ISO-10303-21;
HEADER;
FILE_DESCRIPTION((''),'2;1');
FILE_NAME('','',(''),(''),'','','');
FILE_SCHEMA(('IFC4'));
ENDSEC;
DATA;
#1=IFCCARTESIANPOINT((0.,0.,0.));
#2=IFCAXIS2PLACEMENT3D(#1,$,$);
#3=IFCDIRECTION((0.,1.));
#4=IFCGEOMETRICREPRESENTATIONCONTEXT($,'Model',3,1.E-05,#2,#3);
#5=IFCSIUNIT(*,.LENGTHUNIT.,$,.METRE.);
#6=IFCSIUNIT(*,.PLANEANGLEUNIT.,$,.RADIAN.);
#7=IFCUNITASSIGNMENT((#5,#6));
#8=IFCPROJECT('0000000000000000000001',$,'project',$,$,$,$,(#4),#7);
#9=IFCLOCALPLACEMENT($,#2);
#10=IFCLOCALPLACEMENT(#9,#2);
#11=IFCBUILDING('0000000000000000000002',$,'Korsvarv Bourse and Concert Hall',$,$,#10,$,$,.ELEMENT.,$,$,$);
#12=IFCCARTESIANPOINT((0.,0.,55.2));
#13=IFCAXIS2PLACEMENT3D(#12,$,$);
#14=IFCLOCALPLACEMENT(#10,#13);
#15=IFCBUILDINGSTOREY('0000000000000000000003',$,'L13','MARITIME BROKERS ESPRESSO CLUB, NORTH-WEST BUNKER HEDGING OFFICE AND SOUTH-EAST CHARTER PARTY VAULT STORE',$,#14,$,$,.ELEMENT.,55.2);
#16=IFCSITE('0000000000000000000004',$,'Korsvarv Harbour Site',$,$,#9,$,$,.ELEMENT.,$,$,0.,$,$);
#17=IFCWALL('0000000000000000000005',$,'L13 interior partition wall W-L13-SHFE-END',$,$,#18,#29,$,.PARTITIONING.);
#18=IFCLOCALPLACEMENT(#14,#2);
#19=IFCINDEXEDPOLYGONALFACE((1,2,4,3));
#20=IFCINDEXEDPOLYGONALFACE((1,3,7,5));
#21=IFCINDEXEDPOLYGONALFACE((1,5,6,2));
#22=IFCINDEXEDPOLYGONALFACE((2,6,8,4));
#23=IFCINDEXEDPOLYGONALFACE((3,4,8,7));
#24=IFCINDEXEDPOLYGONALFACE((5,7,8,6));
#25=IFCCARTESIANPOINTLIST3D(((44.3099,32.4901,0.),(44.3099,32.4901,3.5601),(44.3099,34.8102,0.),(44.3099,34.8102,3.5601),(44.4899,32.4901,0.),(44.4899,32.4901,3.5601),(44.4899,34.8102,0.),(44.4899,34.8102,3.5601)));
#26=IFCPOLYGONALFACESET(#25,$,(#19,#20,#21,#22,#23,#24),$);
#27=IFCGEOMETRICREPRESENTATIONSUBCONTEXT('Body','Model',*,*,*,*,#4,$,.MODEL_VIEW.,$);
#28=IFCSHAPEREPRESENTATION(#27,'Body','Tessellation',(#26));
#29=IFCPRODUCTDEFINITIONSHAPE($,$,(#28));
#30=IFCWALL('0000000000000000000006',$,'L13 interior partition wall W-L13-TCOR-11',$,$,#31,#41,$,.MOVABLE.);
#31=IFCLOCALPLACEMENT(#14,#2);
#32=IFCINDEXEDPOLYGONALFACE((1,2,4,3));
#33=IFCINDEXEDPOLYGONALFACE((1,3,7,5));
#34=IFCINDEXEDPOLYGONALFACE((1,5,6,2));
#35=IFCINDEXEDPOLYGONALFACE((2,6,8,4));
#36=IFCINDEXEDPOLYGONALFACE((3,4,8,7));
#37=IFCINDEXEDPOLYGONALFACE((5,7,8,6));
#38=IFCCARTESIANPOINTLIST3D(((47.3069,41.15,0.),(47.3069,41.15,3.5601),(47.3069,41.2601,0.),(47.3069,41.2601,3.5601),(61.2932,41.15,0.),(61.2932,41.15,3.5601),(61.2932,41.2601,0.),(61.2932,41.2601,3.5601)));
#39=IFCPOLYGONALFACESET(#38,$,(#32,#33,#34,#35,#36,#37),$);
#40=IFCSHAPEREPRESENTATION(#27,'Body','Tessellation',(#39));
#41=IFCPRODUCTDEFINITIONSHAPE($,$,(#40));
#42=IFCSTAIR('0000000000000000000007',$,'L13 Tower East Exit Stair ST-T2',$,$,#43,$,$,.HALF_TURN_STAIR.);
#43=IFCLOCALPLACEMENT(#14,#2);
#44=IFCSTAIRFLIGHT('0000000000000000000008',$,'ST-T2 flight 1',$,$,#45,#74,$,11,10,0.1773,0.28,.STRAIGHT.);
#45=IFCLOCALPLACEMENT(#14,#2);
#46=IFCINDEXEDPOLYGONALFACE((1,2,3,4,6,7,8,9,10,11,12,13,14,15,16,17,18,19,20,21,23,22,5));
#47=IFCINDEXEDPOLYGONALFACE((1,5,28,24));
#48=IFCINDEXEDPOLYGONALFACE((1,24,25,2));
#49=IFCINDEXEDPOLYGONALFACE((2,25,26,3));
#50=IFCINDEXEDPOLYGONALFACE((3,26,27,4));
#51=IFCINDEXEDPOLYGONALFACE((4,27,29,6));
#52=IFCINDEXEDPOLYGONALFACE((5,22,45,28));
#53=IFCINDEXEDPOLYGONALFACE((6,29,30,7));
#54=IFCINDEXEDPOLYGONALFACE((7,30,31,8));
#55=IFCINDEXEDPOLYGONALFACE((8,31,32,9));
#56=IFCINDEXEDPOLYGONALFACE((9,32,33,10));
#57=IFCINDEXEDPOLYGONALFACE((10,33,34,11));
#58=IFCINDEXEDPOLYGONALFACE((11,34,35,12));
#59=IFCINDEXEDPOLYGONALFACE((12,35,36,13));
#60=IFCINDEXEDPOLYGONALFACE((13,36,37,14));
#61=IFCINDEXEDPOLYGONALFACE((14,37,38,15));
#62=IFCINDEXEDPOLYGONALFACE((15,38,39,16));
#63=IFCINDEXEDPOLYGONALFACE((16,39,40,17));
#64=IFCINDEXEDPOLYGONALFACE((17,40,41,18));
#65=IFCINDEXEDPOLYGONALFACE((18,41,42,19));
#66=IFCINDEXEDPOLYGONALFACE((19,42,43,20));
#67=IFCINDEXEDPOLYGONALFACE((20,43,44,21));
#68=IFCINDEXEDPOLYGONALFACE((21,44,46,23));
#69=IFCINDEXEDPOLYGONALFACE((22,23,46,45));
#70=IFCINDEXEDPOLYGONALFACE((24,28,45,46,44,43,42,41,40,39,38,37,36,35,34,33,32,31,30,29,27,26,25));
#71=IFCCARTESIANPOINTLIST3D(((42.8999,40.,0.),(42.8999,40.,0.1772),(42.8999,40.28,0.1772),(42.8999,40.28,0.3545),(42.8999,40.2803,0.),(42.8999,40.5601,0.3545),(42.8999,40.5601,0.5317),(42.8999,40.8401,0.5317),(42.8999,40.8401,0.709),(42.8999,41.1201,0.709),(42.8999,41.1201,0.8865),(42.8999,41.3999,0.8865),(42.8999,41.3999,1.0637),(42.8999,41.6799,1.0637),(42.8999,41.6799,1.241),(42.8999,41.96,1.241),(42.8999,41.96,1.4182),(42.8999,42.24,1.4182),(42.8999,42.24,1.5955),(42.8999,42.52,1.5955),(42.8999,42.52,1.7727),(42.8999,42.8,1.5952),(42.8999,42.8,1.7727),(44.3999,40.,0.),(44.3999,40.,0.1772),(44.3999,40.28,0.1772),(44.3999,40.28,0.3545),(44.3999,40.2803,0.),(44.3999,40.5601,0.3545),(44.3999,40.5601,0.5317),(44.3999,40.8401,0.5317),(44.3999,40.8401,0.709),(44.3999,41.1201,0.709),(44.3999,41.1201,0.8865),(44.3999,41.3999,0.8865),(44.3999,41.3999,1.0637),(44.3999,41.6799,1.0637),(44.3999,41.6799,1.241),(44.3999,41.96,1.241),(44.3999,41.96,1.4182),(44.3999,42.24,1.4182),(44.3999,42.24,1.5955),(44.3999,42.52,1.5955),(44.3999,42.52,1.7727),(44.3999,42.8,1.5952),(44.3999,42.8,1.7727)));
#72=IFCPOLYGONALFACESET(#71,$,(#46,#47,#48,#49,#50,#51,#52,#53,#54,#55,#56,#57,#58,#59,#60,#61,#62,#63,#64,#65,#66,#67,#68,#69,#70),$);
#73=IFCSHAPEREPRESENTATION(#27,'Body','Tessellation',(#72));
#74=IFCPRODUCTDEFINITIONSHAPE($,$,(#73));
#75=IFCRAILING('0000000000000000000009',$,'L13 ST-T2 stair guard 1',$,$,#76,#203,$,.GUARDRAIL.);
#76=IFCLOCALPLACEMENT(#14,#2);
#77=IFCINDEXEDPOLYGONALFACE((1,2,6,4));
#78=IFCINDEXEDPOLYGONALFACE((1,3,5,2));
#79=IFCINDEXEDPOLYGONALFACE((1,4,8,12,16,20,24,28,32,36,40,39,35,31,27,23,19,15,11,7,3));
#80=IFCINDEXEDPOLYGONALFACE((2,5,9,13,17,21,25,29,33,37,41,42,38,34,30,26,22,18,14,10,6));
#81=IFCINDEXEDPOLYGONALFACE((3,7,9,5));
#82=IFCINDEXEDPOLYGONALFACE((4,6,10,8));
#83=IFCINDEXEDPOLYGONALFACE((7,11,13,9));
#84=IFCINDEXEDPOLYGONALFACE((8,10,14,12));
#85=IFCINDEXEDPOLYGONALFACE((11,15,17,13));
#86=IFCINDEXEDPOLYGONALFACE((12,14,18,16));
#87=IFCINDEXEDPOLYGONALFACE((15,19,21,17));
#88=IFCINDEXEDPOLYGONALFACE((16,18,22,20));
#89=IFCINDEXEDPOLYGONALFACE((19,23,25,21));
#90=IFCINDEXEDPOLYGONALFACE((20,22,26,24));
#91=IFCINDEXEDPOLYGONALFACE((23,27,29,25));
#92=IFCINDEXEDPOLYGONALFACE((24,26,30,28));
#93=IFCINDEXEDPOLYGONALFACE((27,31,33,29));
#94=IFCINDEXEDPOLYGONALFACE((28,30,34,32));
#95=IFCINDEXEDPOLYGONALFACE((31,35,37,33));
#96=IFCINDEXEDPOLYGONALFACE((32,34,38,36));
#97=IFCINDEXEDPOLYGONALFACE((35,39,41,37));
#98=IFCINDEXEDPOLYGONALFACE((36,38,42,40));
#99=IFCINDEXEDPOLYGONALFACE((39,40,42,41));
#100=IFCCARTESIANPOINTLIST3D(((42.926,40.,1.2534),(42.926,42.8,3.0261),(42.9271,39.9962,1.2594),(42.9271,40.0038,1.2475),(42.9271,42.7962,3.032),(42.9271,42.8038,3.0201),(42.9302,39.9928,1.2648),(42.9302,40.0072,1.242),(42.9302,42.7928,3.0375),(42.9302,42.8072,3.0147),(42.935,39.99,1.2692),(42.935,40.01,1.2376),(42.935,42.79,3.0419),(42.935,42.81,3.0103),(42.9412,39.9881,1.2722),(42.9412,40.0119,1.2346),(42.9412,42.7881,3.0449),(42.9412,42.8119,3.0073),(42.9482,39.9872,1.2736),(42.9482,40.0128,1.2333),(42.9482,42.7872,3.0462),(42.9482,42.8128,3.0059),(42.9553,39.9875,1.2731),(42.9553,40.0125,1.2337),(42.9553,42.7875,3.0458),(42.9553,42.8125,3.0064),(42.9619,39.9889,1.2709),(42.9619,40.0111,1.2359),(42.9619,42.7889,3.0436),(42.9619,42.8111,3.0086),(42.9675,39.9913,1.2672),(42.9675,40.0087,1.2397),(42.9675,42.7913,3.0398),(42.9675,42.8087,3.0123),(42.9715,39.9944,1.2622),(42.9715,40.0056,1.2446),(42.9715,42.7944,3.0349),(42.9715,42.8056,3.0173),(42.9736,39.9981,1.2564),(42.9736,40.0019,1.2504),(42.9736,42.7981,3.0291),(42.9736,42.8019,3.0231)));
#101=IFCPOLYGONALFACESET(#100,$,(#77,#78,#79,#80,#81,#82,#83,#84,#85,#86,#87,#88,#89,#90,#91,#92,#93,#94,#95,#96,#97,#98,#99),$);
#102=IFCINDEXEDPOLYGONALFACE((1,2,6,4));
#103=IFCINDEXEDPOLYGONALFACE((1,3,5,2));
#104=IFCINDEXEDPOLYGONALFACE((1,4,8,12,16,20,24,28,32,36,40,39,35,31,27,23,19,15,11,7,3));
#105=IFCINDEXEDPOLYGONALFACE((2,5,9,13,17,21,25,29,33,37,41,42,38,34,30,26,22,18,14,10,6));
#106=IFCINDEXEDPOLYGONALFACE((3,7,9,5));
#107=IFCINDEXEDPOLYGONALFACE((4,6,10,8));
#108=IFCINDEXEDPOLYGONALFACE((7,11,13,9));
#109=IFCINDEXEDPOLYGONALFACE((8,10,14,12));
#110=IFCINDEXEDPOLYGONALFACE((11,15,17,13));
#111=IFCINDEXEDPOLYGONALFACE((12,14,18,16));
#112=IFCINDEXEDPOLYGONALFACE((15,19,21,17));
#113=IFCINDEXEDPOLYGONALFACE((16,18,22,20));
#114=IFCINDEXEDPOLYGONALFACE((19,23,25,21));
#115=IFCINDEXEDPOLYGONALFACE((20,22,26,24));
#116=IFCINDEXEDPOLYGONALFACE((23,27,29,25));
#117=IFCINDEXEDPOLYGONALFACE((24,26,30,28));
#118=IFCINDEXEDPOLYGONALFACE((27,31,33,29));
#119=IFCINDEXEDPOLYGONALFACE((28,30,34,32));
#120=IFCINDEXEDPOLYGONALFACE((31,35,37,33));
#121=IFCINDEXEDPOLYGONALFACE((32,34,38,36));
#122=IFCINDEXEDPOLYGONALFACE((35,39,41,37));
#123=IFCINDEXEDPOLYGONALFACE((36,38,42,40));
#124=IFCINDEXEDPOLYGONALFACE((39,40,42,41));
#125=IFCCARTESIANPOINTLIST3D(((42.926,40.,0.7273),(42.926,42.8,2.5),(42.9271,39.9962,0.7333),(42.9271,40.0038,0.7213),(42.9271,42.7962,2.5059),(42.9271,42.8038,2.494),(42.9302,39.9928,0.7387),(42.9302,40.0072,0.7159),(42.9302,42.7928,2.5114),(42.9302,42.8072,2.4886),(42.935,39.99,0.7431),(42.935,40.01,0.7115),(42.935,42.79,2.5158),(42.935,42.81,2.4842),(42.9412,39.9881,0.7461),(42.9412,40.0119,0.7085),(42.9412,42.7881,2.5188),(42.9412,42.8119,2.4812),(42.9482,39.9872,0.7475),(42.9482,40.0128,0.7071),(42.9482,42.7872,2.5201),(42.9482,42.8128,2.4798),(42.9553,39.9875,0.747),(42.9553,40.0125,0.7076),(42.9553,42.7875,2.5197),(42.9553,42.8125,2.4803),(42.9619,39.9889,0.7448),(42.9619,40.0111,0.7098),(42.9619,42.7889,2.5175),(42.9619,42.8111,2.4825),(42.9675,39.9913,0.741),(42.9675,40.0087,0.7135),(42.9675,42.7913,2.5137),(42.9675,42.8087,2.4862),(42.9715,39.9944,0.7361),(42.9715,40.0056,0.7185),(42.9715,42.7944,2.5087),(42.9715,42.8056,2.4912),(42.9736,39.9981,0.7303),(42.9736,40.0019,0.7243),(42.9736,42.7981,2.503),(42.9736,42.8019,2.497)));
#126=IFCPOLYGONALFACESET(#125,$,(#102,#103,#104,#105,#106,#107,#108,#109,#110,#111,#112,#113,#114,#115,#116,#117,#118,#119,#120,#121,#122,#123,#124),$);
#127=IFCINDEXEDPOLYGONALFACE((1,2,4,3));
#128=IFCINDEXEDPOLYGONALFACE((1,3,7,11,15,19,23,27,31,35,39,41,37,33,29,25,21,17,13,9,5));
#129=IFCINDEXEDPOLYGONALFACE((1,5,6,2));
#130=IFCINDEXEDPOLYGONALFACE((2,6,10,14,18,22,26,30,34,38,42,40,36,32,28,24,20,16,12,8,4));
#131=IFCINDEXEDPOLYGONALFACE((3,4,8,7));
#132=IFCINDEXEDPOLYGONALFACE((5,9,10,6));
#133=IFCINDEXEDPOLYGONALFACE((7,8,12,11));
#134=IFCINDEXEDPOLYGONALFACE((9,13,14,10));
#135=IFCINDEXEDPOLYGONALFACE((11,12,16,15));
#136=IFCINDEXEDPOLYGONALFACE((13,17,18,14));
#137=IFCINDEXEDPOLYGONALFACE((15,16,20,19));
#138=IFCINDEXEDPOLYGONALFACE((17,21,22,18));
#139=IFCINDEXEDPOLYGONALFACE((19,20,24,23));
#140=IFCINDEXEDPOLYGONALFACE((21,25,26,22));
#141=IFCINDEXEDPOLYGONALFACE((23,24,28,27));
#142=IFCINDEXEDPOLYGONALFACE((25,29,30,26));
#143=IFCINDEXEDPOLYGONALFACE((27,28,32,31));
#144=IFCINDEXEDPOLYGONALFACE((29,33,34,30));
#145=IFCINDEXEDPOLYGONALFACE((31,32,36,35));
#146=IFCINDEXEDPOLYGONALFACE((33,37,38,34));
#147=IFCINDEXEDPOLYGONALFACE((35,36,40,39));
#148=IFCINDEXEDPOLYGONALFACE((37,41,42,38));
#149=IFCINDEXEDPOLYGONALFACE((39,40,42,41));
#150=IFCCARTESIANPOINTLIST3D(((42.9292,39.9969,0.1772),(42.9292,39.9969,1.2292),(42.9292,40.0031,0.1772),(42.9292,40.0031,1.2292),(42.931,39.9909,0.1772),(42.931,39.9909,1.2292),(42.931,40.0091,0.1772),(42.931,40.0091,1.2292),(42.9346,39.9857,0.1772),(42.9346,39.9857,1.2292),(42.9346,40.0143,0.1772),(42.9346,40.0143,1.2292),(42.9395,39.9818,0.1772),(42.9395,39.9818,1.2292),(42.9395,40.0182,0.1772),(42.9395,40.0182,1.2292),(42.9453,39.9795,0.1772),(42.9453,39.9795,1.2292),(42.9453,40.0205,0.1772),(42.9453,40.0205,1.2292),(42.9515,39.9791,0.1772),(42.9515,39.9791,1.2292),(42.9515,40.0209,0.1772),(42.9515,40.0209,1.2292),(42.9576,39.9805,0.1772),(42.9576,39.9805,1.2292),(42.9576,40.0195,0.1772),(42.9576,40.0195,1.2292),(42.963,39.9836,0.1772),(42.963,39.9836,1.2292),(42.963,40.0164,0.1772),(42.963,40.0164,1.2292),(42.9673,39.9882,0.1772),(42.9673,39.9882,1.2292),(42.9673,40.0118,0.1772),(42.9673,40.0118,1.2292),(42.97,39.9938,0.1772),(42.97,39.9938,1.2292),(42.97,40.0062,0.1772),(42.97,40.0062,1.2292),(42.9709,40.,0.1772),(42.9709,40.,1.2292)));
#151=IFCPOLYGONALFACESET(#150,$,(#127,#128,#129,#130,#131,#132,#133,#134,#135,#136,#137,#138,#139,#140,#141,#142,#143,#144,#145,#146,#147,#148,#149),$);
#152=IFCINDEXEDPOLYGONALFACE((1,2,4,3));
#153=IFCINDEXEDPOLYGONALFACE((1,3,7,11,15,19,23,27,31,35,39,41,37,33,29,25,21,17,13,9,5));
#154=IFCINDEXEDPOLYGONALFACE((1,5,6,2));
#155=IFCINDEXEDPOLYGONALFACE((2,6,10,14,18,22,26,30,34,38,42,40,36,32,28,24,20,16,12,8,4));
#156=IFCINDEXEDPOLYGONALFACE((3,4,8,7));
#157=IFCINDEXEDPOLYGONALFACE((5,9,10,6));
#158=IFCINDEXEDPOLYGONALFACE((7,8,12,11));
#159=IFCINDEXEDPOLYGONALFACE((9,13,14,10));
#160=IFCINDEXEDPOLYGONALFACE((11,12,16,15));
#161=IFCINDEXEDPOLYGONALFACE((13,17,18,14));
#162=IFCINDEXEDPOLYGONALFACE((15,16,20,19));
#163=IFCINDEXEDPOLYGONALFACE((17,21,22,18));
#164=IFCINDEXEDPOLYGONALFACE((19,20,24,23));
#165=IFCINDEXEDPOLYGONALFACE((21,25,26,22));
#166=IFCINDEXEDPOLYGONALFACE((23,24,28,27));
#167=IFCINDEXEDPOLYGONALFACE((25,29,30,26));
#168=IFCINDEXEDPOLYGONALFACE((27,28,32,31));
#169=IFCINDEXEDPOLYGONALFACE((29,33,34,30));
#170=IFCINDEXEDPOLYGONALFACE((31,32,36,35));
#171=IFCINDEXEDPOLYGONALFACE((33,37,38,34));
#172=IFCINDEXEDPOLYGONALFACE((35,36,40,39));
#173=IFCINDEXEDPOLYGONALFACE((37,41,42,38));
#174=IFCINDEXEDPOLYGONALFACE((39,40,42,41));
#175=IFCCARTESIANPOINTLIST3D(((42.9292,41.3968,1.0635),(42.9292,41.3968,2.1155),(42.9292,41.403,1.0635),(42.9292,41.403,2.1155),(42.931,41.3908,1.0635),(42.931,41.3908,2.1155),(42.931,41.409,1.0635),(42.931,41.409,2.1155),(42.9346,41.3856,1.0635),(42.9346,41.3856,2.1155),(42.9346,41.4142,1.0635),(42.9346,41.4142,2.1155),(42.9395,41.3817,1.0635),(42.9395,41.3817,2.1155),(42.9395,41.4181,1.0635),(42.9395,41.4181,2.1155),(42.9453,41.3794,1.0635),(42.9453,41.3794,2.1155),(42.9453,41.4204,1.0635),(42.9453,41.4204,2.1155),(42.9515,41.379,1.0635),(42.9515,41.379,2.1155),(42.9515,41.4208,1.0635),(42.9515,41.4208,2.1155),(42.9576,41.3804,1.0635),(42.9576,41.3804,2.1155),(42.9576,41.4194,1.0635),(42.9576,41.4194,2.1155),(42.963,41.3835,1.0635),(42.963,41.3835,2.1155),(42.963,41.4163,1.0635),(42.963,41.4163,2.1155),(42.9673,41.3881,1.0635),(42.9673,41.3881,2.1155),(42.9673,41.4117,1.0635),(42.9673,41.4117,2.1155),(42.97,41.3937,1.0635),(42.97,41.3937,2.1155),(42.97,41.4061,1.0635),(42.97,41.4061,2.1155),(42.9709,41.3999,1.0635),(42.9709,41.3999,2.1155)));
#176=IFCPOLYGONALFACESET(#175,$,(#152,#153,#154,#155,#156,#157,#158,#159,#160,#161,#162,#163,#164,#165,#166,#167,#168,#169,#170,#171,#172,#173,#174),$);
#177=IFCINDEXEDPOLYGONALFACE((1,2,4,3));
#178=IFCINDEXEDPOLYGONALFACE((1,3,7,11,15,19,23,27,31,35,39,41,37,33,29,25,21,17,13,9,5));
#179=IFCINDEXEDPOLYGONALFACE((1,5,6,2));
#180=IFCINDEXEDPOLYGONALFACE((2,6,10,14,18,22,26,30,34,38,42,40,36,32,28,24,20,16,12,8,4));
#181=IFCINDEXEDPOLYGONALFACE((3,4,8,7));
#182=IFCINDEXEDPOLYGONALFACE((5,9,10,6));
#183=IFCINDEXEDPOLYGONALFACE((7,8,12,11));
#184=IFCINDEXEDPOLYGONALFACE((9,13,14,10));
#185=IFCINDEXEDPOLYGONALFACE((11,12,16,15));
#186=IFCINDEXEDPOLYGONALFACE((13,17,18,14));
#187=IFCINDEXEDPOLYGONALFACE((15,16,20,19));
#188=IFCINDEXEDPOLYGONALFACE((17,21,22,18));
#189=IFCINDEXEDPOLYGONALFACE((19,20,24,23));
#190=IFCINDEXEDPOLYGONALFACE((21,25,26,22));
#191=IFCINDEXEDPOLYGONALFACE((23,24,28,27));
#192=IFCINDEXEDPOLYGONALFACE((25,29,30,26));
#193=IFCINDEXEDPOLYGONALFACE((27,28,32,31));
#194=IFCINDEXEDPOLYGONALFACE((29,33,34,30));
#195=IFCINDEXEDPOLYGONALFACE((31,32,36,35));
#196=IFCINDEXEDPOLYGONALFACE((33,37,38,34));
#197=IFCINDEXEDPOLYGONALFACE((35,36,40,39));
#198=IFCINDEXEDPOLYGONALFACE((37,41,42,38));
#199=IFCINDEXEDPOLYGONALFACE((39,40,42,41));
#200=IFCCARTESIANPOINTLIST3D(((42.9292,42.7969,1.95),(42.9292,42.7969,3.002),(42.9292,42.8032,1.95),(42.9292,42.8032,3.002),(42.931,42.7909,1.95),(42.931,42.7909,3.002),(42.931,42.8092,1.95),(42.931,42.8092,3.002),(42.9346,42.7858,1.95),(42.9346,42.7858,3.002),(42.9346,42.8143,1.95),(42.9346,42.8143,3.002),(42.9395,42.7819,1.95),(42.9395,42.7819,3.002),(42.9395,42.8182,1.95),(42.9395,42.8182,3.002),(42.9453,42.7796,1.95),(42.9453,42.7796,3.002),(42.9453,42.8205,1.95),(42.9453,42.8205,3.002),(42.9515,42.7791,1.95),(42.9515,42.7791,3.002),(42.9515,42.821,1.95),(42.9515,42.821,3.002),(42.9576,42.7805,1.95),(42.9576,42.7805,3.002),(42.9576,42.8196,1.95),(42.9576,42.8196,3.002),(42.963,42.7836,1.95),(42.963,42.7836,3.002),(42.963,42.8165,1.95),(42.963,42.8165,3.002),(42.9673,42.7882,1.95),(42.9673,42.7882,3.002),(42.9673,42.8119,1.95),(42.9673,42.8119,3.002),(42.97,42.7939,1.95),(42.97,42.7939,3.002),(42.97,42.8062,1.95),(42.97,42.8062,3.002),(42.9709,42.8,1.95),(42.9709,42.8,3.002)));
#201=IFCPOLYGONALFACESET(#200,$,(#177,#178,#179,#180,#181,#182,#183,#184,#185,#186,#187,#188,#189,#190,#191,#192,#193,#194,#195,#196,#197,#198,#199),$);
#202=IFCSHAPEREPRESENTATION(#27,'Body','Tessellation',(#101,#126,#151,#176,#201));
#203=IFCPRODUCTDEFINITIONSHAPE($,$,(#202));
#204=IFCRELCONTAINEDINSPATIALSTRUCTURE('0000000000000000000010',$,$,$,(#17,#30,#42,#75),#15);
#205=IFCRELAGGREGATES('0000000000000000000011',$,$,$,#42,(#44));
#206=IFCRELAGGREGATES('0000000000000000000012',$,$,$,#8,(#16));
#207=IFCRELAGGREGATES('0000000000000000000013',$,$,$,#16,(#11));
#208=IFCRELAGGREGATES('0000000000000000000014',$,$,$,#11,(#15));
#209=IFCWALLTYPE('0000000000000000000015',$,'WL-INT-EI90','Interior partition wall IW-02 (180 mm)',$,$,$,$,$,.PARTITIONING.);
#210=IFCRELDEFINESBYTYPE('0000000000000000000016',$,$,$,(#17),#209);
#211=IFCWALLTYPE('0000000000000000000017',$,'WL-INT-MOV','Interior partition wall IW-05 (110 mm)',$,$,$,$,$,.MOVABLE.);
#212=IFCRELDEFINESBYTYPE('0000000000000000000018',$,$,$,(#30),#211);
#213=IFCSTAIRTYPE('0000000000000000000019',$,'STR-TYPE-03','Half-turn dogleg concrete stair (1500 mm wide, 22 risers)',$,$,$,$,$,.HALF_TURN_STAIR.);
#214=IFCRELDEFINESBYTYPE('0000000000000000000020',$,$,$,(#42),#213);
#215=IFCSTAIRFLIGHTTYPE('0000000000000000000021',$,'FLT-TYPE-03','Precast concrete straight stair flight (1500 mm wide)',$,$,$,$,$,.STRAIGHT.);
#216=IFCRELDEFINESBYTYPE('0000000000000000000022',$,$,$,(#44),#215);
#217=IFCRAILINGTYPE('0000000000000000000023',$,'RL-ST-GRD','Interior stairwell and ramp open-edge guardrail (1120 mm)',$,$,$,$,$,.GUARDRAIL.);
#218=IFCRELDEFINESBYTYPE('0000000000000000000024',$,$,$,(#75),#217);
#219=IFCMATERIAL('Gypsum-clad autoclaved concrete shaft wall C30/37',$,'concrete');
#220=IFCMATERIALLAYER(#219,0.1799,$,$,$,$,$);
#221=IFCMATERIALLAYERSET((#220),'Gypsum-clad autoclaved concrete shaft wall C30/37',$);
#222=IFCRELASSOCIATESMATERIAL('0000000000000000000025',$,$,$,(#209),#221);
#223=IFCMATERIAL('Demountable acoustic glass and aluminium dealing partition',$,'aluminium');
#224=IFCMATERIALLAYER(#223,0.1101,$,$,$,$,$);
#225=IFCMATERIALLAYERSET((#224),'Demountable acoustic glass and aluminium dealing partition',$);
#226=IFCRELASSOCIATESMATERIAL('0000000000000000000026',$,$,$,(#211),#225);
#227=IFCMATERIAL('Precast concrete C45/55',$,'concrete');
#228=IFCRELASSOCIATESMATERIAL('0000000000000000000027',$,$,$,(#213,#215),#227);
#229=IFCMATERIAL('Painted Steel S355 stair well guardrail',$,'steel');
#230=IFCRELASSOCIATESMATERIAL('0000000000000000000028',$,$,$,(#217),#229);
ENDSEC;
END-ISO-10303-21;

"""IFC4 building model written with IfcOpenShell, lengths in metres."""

from ifc_helpers import new_model, si_unit, direction, frame, frame_2d, origin, origin_2d, place, context, subcontext, project, spatial, polyline, rectangle, circle, outline, extrude, material, layer, layer_set, type_object, element, aggregate, save


model = new_model("IFC4")

# Units and contexts
model_context = context("Model", 3, precision=1e-05, world=origin(), true_north=direction((0.0, 1.0)))
body_context = subcontext(model_context, "Body", "Model", "MODEL_VIEW")
ifc_project = project(units=[si_unit("LENGTHUNIT", "METRE"), si_unit("PLANEANGLEUNIT", "RADIAN")], contexts=[model_context])

# Site, building, storey
site_placement = place(None, origin())
site = spatial("IfcSite", under=ifc_project, at=site_placement, Name="Korsvarv Harbour Site", CompositionType="ELEMENT", RefElevation=0.0)
building_placement = place(site_placement, origin())
building = spatial("IfcBuilding", under=site, at=building_placement, Name="Korsvarv Bourse and Concert Hall", CompositionType="ELEMENT")
storey_placement = place(building_placement, frame((0.0, 0.0, 55.2)))
storey = spatial("IfcBuildingStorey", under=building, at=storey_placement, Name="L13", Description="MARITIME BROKERS ESPRESSO CLUB, NORTH-WEST BUNKER HEDGING OFFICE AND SOUTH-EAST CHARTER PARTY VAULT STORE", CompositionType="ELEMENT", Elevation=55.2)

# Walls
ifc_material_1 = material(Name="Gypsum-clad autoclaved concrete shaft wall C30/37", Category="concrete")
ifc_layer_1 = layer(ifc_material_1, 0.1799)
ifc_layer_set_1 = layer_set([ifc_layer_1], Name="Gypsum-clad autoclaved concrete shaft wall C30/37")
wall_type_1 = type_object("IfcWallType", Name="WL-INT-EI90", Description="Interior partition wall IW-02 (180 mm)", PredefinedType="PARTITIONING", material=ifc_layer_set_1)
wall_1_placement = place(storey_placement, frame((44.3999, 32.49, 0.0), z_axis=(0.0, 0.0, 1.0), x_axis=(0.0, 1.0, 0.0)))
element("IfcWall", 1, at=wall_1_placement, inside=storey, type_object=wall_type_1, Name="L13 interior partition wall W-L13-SHFE-END", PredefinedType="PARTITIONING", context=body_context, shape_type="SweptSolid", body=[
    extrude(rectangle(XDim=2.3201, YDim=0.1799, at=frame_2d((1.1602, 0.0))), origin(), (0.0, 0.0, 1.0), 3.5601),
])
ifc_material_2 = material(Name="Demountable acoustic glass and aluminium dealing partition", Category="aluminium")
ifc_layer_2 = layer(ifc_material_2, 0.1101)
ifc_layer_set_2 = layer_set([ifc_layer_2], Name="Demountable acoustic glass and aluminium dealing partition")
wall_type_2 = type_object("IfcWallType", Name="WL-INT-MOV", Description="Interior partition wall IW-05 (110 mm)", PredefinedType="MOVABLE", material=ifc_layer_set_2)
wall_2_placement = place(storey_placement, frame((47.3069, 41.2051, 0.0), z_axis=(0.0, 0.0, 1.0), x_axis=(1.0, 0.0, 0.0)))
element("IfcWall", 2, at=wall_2_placement, inside=storey, type_object=wall_type_2, Name="L13 interior partition wall W-L13-TCOR-11", PredefinedType="MOVABLE", context=body_context, shape_type="SweptSolid", body=[
    extrude(rectangle(XDim=13.9863, YDim=0.1101, at=frame_2d((6.9932, 0.0))), origin(), (0.0, 0.0, 1.0), 3.5601),
])

# Stair, stair flight
ifc_material_3 = material(Name="Precast concrete C45/55", Category="concrete")
stair_type = type_object("IfcStairType", Name="STR-TYPE-03", Description="Half-turn dogleg concrete stair (1500 mm wide, 22 risers)", PredefinedType="HALF_TURN_STAIR", material=ifc_material_3)
stair_placement = place(storey_placement, origin())
stair = element("IfcStair", 3, at=stair_placement, inside=storey, type_object=stair_type, Name="L13 Tower East Exit Stair ST-T2", PredefinedType="HALF_TURN_STAIR")
stair_flight_type = type_object("IfcStairFlightType", Name="FLT-TYPE-03", Description="Precast concrete straight stair flight (1500 mm wide)", PredefinedType="STRAIGHT", material=ifc_material_3)
stair_flight_placement = place(storey_placement, frame((43.6499, 40.0, 0.0), z_axis=(0.0, 0.0, 1.0), x_axis=(0.0, 1.0, 0.0)))
stair_flight = element("IfcStairFlight", 4, at=stair_flight_placement, type_object=stair_flight_type, Name="ST-T2 flight 1", NumberOfRisers=11, NumberOfTreads=10, PredefinedType="STRAIGHT", RiserHeight=0.1773, TreadLength=0.28, context=body_context, shape_type="SweptSolid", body=[
    extrude(outline(polyline([(0.0, 0.0), (0.0, 0.1772), (0.28, 0.1772), (0.28, 0.3545), (0.5601, 0.3545), (0.5601, 0.5317), (0.8401, 0.5317), (0.8401, 0.709), (1.1201, 0.709), (1.1201, 0.8865), (1.3999, 0.8865), (1.3999, 1.0637), (1.6799, 1.0637), (1.6799, 1.241), (1.96, 1.241), (1.96, 1.4182), (2.24, 1.4182), (2.24, 1.5955), (2.52, 1.5955), (2.52, 1.7727), (2.8, 1.7727), (2.8, 1.95), (2.8, 1.5952), (0.2803, 0.0), (0.0, 0.0)])), frame((0.0, 0.75, 0.0), z_axis=(0.0, -1.0, 0.0), x_axis=(1.0, 0.0, 0.0)), (0.0, 0.0, 1.0), 1.5),
])
aggregate(stair, [stair_flight])

# Railing
ifc_material_4 = material(Name="Painted Steel S355 stair well guardrail", Category="steel")
railing_type_1 = type_object("IfcRailingType", Name="RL-ST-GRD", Description="Interior stairwell and ramp open-edge guardrail (1120 mm)", PredefinedType="GUARDRAIL", material=ifc_material_4)
railing_1_placement = place(storey_placement, frame((42.95, 40.0, 0.1772)))
element("IfcRailing", 5, at=railing_1_placement, inside=storey, type_object=railing_type_1, Name="L13 ST-T2 stair guard 1", PredefinedType="GUARDRAIL", context=body_context, shape_type="SweptSolid", body=[
    extrude(circle(Radius=0.0239, at=origin_2d()), frame((0.0, 0.0, 1.0762), z_axis=(0.0, 0.844909, 0.53491), x_axis=(-1.0, 0.0, 0.0)), (0.0, 0.0, 1.0), 3.314),
    extrude(circle(Radius=0.0239, at=origin_2d()), frame((0.0, 0.0, 0.55), z_axis=(0.0, 0.844909, 0.53491), x_axis=(-1.0, 0.0, 0.0)), (0.0, 0.0, 1.0), 3.314),
    extrude(circle(Radius=0.021, at=origin_2d()), origin(), (0.0, 0.0, 1.0), 1.052),
    extrude(circle(Radius=0.021, at=origin_2d()), frame((0.0, 1.3999, 0.8862)), (0.0, 0.0, 1.0), 1.052),
    extrude(circle(Radius=0.021, at=origin_2d()), frame((0.0, 2.8, 1.7727)), (0.0, 0.0, 1.0), 1.052),
])

save(model, "model.ifc")
